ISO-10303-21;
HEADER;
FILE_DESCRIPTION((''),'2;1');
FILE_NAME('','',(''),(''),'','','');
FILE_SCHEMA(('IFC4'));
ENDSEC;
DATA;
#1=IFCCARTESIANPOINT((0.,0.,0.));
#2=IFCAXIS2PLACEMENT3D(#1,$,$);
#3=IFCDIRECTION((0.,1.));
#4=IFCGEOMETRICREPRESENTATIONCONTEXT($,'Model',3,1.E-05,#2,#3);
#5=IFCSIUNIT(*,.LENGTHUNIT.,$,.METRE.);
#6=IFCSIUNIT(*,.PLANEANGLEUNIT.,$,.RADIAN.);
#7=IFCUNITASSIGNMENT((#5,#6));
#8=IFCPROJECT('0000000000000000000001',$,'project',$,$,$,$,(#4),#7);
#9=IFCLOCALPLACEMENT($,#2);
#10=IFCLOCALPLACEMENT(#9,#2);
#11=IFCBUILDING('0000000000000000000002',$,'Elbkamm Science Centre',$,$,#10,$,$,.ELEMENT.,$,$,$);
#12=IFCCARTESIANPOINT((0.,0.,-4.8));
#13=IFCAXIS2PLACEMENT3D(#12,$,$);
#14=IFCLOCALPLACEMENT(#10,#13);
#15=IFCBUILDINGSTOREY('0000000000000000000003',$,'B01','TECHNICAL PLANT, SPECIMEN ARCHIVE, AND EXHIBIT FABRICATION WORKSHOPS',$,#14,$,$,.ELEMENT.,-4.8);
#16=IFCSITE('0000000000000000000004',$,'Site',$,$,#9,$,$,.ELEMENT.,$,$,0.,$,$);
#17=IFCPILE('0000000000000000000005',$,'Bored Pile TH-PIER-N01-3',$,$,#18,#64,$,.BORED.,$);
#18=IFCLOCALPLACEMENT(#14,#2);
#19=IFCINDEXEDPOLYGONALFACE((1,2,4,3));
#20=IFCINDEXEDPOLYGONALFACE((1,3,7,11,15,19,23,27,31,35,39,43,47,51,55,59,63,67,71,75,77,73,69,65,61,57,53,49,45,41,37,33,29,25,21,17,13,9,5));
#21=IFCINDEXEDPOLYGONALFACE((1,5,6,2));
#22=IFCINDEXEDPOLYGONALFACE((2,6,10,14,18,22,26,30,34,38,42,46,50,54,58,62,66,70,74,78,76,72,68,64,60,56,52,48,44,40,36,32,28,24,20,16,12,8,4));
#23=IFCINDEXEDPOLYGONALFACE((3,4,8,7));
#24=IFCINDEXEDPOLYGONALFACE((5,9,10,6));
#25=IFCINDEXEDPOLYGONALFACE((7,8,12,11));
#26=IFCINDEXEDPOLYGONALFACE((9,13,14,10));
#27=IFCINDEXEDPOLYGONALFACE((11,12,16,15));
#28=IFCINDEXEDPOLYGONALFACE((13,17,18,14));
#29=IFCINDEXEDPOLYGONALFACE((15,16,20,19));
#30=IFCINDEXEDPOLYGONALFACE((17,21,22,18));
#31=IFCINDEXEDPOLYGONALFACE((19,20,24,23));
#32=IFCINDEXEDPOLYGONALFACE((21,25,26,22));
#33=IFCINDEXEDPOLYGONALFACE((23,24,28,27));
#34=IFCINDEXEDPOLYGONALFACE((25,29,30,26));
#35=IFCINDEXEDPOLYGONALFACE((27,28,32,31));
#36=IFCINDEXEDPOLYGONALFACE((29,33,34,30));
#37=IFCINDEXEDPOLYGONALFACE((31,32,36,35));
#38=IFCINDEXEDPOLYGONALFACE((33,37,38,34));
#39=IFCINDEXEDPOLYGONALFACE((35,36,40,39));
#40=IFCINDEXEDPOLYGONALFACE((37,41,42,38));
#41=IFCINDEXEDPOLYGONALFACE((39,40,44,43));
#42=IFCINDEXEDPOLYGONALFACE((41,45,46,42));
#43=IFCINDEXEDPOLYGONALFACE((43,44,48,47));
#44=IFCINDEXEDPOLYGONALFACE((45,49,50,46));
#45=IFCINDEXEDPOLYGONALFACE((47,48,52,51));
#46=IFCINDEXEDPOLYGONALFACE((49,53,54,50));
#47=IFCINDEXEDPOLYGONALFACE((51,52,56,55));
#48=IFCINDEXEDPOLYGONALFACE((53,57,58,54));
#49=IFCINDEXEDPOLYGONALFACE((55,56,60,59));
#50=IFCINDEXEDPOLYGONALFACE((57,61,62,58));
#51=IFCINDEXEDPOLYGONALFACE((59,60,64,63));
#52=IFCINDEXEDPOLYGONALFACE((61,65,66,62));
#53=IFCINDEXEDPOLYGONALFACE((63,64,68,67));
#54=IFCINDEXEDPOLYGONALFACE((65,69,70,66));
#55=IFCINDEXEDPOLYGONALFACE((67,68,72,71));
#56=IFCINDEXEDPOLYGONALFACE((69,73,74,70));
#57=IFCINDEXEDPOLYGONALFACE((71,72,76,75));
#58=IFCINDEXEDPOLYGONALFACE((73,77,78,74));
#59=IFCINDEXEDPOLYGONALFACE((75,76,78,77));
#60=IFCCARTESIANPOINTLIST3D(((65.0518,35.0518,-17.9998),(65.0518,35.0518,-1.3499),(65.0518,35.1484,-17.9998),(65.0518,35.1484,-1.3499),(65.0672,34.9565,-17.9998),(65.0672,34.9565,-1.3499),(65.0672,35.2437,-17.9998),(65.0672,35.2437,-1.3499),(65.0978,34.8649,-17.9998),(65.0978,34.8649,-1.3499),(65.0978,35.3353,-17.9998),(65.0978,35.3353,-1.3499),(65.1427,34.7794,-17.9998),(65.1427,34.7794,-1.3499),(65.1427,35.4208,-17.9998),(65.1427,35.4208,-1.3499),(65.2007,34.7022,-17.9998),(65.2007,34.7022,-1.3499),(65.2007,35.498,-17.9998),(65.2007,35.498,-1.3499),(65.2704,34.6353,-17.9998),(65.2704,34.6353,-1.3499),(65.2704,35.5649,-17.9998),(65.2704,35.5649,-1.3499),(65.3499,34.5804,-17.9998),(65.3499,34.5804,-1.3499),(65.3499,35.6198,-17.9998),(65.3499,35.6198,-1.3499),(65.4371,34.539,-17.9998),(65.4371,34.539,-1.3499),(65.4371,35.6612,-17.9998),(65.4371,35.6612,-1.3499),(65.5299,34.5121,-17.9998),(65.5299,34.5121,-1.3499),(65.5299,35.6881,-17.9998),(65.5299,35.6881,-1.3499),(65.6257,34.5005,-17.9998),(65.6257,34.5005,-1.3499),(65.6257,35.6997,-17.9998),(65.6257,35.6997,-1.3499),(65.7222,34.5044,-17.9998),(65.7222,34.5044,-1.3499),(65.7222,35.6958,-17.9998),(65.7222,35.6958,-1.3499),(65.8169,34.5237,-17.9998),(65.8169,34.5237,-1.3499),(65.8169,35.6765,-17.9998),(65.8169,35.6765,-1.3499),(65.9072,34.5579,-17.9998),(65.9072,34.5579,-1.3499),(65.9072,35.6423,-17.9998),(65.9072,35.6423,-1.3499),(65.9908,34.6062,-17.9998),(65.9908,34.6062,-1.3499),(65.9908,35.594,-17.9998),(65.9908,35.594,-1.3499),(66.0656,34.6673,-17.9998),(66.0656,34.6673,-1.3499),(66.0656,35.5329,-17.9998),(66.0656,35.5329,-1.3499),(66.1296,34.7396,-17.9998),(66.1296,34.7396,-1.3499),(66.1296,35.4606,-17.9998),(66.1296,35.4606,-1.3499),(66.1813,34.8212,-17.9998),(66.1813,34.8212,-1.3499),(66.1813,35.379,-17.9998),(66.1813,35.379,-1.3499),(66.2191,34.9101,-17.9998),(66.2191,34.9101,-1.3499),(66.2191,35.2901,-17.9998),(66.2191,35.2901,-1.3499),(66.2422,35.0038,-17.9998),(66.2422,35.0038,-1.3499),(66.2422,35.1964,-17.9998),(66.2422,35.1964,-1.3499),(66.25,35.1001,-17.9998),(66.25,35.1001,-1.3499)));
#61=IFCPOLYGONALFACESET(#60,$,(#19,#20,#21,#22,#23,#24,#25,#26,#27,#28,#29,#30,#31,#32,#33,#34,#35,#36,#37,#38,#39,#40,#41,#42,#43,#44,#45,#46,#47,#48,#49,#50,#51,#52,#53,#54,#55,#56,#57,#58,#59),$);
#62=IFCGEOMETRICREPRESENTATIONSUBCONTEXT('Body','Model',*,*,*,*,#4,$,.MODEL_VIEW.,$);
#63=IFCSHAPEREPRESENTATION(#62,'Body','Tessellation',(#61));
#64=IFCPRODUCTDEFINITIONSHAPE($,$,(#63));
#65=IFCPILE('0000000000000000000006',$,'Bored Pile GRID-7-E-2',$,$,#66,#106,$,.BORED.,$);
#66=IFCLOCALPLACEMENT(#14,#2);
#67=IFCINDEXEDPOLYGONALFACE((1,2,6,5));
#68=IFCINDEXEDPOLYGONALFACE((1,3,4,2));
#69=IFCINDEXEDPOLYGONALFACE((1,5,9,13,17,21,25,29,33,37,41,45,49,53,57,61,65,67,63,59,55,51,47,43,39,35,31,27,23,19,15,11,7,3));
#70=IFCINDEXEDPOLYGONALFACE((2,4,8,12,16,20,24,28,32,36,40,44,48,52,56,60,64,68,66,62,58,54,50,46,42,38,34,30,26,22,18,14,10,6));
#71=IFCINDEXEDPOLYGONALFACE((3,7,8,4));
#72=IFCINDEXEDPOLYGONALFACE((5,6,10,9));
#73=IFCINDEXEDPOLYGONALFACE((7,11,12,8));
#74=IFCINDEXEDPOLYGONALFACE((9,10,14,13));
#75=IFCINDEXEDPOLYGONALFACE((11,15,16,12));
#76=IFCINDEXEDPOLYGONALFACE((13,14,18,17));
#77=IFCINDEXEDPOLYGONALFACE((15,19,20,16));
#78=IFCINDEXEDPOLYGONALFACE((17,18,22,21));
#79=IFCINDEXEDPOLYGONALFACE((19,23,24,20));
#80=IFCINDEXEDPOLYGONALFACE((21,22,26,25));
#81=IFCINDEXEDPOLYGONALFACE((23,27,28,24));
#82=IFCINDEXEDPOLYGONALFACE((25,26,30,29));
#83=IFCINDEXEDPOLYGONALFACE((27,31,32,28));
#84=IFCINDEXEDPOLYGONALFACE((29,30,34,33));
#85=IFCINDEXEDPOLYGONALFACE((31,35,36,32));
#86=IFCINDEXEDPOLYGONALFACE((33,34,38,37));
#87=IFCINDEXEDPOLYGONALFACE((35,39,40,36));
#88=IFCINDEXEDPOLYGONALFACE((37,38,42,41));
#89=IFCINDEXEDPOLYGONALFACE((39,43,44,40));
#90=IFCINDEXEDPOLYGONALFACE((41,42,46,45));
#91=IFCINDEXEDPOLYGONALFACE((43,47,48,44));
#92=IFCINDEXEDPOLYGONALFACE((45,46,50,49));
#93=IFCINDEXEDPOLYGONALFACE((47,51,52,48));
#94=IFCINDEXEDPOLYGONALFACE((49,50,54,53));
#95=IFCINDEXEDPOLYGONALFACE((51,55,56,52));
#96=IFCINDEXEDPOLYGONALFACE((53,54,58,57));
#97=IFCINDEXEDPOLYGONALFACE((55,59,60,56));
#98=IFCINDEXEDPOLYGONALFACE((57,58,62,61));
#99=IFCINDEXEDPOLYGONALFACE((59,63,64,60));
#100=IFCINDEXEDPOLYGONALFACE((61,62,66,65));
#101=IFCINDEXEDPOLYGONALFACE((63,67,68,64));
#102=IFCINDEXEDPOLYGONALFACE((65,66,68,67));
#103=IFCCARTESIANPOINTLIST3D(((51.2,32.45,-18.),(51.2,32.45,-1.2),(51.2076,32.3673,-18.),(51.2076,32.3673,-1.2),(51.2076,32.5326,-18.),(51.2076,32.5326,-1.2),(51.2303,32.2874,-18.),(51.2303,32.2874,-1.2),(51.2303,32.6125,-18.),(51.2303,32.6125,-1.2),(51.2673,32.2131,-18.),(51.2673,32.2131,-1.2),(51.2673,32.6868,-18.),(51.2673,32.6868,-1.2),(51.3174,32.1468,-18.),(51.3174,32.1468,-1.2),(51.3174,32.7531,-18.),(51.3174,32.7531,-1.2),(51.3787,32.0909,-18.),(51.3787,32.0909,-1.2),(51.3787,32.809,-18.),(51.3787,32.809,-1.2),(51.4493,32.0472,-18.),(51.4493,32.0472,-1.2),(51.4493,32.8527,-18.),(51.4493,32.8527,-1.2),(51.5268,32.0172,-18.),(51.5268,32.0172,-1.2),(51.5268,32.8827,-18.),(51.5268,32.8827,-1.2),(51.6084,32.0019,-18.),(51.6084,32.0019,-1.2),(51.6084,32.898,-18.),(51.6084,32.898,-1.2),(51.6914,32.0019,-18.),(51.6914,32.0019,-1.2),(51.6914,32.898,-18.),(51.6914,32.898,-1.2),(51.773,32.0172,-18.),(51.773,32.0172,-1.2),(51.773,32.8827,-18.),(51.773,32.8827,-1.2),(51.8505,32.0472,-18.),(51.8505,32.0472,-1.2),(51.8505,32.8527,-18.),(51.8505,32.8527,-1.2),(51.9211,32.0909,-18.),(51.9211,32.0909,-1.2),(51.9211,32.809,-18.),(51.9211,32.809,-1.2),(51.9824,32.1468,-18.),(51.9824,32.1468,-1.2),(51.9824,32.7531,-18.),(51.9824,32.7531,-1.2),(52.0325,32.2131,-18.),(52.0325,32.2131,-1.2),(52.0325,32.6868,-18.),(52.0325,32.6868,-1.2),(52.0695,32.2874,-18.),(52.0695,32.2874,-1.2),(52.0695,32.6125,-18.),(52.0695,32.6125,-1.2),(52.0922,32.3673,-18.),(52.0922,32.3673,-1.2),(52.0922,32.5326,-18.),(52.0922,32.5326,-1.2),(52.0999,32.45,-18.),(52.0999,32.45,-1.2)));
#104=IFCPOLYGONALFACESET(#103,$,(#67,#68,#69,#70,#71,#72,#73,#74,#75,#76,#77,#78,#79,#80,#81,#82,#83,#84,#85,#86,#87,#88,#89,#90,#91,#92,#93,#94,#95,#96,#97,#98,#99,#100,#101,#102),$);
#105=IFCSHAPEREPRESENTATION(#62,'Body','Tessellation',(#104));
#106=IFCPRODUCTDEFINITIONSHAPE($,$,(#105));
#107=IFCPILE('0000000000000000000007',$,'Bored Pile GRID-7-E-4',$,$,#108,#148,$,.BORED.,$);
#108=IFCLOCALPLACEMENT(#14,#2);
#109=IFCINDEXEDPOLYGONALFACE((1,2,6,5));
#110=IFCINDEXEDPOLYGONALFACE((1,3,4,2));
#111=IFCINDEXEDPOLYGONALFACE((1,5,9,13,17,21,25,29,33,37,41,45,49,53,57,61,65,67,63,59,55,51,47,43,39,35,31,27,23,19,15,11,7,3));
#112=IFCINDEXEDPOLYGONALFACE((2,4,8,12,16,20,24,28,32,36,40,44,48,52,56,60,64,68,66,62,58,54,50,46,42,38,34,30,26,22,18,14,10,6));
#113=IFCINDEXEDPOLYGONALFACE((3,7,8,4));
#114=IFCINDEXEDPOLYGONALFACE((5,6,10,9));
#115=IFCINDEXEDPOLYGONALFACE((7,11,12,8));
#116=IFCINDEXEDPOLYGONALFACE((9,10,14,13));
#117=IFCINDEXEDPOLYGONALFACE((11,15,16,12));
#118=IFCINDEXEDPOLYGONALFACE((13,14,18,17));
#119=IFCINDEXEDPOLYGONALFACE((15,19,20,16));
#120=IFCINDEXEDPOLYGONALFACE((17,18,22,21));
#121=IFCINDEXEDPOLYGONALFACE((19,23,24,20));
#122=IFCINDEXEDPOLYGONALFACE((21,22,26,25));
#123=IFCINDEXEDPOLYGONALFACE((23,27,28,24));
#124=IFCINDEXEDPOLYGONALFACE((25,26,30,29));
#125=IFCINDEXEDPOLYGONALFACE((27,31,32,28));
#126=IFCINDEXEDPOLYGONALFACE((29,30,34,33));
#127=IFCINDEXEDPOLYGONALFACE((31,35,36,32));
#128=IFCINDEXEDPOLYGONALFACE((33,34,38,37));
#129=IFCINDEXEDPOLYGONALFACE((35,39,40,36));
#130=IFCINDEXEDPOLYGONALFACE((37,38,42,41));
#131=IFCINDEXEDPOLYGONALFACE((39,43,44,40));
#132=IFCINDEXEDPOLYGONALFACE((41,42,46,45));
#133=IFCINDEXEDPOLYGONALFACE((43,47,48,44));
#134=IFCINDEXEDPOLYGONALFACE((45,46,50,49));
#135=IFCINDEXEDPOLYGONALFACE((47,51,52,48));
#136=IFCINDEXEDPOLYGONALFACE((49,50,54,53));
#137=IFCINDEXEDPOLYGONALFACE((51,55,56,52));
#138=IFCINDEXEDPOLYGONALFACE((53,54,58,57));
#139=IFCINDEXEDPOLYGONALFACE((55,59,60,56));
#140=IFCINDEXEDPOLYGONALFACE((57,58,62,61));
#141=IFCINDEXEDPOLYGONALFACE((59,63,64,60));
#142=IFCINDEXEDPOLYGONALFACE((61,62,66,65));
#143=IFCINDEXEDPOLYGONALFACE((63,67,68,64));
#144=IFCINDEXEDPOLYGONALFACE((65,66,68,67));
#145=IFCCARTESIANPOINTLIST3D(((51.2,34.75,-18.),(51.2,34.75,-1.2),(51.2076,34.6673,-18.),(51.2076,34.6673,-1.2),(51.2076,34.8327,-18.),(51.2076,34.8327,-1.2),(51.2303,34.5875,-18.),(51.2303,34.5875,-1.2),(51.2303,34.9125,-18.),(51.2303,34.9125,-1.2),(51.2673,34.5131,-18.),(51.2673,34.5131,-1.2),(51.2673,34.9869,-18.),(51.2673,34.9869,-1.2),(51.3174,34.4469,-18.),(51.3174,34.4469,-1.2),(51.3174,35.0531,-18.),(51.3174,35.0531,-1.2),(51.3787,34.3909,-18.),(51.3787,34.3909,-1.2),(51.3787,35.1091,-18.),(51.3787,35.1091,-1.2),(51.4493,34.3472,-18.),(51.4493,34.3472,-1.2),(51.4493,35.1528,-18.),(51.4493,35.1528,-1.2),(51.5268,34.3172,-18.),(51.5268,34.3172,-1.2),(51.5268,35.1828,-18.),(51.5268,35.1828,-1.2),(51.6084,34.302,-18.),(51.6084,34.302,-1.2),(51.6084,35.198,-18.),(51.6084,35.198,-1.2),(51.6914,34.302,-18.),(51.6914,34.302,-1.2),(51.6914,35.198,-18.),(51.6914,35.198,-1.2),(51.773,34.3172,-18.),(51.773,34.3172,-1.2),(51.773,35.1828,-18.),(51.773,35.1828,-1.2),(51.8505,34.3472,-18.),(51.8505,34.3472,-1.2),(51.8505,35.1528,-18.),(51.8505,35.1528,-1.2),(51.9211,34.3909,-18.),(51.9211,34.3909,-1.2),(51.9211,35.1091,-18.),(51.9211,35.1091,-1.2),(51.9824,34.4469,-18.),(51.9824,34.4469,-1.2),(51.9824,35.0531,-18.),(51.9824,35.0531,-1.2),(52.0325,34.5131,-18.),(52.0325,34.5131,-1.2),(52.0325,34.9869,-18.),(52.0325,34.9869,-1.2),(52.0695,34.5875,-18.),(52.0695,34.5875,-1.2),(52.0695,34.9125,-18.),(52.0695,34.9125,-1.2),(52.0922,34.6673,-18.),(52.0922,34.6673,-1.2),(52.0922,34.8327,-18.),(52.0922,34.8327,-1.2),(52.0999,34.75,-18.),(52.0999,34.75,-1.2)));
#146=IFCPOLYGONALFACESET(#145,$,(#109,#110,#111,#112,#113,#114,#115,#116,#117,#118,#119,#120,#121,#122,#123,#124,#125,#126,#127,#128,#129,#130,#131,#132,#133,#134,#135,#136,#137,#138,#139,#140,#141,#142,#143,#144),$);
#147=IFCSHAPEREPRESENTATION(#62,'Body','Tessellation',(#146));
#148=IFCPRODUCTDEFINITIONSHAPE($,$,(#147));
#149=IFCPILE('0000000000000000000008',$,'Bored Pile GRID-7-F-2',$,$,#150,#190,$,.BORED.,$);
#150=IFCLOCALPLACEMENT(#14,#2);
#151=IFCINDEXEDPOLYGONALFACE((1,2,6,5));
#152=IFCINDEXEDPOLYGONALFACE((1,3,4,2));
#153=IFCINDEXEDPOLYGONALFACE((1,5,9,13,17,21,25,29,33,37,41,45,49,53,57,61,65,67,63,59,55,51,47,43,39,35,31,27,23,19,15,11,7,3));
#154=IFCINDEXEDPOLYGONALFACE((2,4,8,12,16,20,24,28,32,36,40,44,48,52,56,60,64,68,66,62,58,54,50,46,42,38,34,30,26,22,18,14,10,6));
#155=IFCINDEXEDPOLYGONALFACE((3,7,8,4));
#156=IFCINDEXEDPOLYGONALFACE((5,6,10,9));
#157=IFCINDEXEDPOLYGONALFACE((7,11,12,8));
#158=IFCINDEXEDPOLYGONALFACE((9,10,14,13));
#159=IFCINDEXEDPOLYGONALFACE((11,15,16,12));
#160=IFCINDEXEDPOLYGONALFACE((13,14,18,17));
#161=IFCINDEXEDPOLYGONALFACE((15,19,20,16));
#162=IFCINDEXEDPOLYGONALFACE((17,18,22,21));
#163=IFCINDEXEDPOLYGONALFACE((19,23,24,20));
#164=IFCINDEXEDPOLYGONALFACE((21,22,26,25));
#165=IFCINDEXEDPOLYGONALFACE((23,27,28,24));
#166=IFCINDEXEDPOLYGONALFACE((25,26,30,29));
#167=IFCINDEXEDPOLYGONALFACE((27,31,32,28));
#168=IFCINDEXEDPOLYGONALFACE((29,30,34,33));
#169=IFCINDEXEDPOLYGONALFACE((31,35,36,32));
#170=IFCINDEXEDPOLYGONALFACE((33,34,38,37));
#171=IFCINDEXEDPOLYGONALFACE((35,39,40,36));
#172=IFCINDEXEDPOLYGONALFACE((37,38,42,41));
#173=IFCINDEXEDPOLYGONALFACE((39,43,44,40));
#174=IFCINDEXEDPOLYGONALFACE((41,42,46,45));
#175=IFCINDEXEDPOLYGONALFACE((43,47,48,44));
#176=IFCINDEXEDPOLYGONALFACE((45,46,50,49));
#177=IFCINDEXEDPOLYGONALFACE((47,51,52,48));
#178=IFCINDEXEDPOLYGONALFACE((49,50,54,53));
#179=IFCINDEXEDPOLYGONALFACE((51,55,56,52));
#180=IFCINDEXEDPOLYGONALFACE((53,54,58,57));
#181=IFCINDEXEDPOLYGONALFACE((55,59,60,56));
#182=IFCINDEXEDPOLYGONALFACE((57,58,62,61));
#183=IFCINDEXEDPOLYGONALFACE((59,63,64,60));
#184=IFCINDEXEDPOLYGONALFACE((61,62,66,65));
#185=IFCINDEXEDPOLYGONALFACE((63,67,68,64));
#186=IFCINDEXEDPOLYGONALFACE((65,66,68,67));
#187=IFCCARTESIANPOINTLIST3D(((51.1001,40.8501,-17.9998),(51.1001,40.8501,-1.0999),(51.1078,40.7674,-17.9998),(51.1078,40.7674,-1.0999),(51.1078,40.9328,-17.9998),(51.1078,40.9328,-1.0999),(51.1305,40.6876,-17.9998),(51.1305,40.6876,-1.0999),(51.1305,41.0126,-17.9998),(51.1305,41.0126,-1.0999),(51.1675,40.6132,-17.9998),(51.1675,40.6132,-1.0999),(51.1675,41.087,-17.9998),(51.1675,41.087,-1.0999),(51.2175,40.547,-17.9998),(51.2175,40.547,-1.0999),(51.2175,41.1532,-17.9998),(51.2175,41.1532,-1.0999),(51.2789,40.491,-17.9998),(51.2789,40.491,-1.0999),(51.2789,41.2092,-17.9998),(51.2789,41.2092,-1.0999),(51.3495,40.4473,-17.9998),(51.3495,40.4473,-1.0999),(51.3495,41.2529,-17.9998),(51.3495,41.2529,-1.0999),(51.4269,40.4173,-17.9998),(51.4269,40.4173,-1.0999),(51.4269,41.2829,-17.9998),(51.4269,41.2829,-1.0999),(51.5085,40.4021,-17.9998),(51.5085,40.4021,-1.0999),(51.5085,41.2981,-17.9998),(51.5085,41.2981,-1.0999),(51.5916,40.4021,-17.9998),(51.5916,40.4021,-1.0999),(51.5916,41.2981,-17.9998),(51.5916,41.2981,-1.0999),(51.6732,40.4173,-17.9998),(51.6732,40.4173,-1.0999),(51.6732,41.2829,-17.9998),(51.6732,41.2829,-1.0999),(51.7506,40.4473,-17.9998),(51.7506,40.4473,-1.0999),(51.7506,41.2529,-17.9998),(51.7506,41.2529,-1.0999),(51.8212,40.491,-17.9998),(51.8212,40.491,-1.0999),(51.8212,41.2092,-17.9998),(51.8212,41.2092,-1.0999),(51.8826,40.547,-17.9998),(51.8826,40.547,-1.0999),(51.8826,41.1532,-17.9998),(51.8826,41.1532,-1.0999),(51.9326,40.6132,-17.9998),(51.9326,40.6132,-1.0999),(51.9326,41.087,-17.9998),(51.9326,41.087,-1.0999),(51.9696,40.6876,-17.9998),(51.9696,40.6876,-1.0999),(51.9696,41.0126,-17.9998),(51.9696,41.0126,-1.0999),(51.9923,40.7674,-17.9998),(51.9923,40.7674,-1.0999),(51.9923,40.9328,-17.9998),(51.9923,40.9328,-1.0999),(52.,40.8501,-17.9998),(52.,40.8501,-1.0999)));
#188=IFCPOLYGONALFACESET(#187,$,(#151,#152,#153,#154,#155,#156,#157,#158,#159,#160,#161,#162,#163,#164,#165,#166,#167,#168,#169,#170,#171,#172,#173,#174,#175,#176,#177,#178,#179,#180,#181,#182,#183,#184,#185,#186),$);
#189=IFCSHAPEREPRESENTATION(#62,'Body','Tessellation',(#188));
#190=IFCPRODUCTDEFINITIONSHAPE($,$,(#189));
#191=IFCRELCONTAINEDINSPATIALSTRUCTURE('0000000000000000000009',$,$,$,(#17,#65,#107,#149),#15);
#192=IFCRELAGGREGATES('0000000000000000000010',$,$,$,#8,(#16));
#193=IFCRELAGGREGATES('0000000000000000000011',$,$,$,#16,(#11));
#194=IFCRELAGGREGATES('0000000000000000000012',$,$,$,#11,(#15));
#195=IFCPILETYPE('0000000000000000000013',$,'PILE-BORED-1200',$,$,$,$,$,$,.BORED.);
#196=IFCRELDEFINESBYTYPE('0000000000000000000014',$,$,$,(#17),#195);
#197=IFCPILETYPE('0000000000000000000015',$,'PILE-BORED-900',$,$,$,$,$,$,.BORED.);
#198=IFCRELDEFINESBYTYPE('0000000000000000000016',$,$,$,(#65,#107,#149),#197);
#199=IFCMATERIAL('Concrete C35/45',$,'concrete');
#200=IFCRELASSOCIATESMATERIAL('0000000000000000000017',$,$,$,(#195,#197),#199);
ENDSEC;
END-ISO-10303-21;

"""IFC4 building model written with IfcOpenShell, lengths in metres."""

from ifc_helpers import new_model, si_unit, direction, frame, origin, origin_2d, place, context, subcontext, project, spatial, circle, extrude, material, material_profile, profile_set, type_object, element, save


model = new_model("IFC4")

# Units and contexts
model_context = context("Model", 3, precision=1e-05, world=origin(), true_north=direction((0.0, 1.0)))
body_context = subcontext(model_context, "Body", "Model", "MODEL_VIEW")
ifc_project = project(units=[si_unit("LENGTHUNIT", "METRE"), si_unit("PLANEANGLEUNIT", "RADIAN")], contexts=[model_context])

# Site, building, storey
site_placement = place(None, origin())
site = spatial("IfcSite", under=ifc_project, at=site_placement, Name="Site", CompositionType="ELEMENT", RefElevation=0.0)
building_placement = place(site_placement, origin())
building = spatial("IfcBuilding", under=site, at=building_placement, Name="Elbkamm Science Centre", CompositionType="ELEMENT")
storey_placement = place(building_placement, frame((0.0, 0.0, -4.8)))
storey = spatial("IfcBuildingStorey", under=building, at=storey_placement, Name="B01", Description="TECHNICAL PLANT, SPECIMEN ARCHIVE, AND EXHIBIT FABRICATION WORKSHOPS", CompositionType="ELEMENT", Elevation=-4.8)

# Shared definitions
ifc_material_1 = material(Name="Concrete C35/45", Category="concrete")

# Piles
ifc_material_profile_1 = material_profile(ifc_material_1, circle(Radius=0.6001, at=origin_2d()), Name="PILE D1200")
ifc_profile_set_1 = profile_set([ifc_material_profile_1], Name="Concrete C35/45")
pile_type_1 = type_object("IfcPileType", Name="PILE-BORED-1200", PredefinedType="BORED", material=ifc_profile_set_1)
for number, where, z_axis, x_axis, name in (
    (1, (65.6499, 35.1001, -1.3499), (0.0, 0.0, -1.0), (1.0, 0.0, 0.0), "Bored Pile TH-PIER-N01-3"),
):
    element("IfcPile", number, at=place(storey_placement, frame(where, z_axis=z_axis, x_axis=x_axis)), inside=storey, type_object=pile_type_1, Name=name, PredefinedType="BORED", context=body_context, shape_type="SweptSolid", body=[
        extrude(circle(Radius=0.6001, at=origin_2d()), origin(), (0.0, 0.0, 1.0), 16.6499),
    ])
ifc_material_profile_2 = material_profile(ifc_material_1, circle(Radius=0.45, at=origin_2d()), Name="PILE D900")
ifc_profile_set_2 = profile_set([ifc_material_profile_2], Name="Concrete C35/45")
pile_type_2 = type_object("IfcPileType", Name="PILE-BORED-900", PredefinedType="BORED", material=ifc_profile_set_2)
for number, where, z_axis, x_axis, name in (
    (2, (51.6499, 32.45, -1.2), (0.0, 0.0, -1.0), (1.0, 0.0, 0.0), "Bored Pile GRID-7-E-2"),
    (3, (51.6499, 34.75, -1.2), (0.0, 0.0, -1.0), (1.0, 0.0, 0.0), "Bored Pile GRID-7-E-4"),
):
    element("IfcPile", number, at=place(storey_placement, frame(where, z_axis=z_axis, x_axis=x_axis)), inside=storey, type_object=pile_type_2, Name=name, PredefinedType="BORED", context=body_context, shape_type="SweptSolid", body=[
        extrude(circle(Radius=0.45, at=origin_2d()), origin(), (0.0, 0.0, 1.0), 16.8),
    ])
pile_placement = place(storey_placement, frame((51.55, 40.8501, -1.0999), z_axis=(0.0, 0.0, -1.0), x_axis=(1.0, 0.0, 0.0)))
element("IfcPile", 4, at=pile_placement, inside=storey, type_object=pile_type_2, Name="Bored Pile GRID-7-F-2", PredefinedType="BORED", context=body_context, shape_type="SweptSolid", body=[
    extrude(circle(Radius=0.45, at=origin_2d()), origin(), (0.0, 0.0, 1.0), 16.8999),
])

save(model, "model.ifc")
